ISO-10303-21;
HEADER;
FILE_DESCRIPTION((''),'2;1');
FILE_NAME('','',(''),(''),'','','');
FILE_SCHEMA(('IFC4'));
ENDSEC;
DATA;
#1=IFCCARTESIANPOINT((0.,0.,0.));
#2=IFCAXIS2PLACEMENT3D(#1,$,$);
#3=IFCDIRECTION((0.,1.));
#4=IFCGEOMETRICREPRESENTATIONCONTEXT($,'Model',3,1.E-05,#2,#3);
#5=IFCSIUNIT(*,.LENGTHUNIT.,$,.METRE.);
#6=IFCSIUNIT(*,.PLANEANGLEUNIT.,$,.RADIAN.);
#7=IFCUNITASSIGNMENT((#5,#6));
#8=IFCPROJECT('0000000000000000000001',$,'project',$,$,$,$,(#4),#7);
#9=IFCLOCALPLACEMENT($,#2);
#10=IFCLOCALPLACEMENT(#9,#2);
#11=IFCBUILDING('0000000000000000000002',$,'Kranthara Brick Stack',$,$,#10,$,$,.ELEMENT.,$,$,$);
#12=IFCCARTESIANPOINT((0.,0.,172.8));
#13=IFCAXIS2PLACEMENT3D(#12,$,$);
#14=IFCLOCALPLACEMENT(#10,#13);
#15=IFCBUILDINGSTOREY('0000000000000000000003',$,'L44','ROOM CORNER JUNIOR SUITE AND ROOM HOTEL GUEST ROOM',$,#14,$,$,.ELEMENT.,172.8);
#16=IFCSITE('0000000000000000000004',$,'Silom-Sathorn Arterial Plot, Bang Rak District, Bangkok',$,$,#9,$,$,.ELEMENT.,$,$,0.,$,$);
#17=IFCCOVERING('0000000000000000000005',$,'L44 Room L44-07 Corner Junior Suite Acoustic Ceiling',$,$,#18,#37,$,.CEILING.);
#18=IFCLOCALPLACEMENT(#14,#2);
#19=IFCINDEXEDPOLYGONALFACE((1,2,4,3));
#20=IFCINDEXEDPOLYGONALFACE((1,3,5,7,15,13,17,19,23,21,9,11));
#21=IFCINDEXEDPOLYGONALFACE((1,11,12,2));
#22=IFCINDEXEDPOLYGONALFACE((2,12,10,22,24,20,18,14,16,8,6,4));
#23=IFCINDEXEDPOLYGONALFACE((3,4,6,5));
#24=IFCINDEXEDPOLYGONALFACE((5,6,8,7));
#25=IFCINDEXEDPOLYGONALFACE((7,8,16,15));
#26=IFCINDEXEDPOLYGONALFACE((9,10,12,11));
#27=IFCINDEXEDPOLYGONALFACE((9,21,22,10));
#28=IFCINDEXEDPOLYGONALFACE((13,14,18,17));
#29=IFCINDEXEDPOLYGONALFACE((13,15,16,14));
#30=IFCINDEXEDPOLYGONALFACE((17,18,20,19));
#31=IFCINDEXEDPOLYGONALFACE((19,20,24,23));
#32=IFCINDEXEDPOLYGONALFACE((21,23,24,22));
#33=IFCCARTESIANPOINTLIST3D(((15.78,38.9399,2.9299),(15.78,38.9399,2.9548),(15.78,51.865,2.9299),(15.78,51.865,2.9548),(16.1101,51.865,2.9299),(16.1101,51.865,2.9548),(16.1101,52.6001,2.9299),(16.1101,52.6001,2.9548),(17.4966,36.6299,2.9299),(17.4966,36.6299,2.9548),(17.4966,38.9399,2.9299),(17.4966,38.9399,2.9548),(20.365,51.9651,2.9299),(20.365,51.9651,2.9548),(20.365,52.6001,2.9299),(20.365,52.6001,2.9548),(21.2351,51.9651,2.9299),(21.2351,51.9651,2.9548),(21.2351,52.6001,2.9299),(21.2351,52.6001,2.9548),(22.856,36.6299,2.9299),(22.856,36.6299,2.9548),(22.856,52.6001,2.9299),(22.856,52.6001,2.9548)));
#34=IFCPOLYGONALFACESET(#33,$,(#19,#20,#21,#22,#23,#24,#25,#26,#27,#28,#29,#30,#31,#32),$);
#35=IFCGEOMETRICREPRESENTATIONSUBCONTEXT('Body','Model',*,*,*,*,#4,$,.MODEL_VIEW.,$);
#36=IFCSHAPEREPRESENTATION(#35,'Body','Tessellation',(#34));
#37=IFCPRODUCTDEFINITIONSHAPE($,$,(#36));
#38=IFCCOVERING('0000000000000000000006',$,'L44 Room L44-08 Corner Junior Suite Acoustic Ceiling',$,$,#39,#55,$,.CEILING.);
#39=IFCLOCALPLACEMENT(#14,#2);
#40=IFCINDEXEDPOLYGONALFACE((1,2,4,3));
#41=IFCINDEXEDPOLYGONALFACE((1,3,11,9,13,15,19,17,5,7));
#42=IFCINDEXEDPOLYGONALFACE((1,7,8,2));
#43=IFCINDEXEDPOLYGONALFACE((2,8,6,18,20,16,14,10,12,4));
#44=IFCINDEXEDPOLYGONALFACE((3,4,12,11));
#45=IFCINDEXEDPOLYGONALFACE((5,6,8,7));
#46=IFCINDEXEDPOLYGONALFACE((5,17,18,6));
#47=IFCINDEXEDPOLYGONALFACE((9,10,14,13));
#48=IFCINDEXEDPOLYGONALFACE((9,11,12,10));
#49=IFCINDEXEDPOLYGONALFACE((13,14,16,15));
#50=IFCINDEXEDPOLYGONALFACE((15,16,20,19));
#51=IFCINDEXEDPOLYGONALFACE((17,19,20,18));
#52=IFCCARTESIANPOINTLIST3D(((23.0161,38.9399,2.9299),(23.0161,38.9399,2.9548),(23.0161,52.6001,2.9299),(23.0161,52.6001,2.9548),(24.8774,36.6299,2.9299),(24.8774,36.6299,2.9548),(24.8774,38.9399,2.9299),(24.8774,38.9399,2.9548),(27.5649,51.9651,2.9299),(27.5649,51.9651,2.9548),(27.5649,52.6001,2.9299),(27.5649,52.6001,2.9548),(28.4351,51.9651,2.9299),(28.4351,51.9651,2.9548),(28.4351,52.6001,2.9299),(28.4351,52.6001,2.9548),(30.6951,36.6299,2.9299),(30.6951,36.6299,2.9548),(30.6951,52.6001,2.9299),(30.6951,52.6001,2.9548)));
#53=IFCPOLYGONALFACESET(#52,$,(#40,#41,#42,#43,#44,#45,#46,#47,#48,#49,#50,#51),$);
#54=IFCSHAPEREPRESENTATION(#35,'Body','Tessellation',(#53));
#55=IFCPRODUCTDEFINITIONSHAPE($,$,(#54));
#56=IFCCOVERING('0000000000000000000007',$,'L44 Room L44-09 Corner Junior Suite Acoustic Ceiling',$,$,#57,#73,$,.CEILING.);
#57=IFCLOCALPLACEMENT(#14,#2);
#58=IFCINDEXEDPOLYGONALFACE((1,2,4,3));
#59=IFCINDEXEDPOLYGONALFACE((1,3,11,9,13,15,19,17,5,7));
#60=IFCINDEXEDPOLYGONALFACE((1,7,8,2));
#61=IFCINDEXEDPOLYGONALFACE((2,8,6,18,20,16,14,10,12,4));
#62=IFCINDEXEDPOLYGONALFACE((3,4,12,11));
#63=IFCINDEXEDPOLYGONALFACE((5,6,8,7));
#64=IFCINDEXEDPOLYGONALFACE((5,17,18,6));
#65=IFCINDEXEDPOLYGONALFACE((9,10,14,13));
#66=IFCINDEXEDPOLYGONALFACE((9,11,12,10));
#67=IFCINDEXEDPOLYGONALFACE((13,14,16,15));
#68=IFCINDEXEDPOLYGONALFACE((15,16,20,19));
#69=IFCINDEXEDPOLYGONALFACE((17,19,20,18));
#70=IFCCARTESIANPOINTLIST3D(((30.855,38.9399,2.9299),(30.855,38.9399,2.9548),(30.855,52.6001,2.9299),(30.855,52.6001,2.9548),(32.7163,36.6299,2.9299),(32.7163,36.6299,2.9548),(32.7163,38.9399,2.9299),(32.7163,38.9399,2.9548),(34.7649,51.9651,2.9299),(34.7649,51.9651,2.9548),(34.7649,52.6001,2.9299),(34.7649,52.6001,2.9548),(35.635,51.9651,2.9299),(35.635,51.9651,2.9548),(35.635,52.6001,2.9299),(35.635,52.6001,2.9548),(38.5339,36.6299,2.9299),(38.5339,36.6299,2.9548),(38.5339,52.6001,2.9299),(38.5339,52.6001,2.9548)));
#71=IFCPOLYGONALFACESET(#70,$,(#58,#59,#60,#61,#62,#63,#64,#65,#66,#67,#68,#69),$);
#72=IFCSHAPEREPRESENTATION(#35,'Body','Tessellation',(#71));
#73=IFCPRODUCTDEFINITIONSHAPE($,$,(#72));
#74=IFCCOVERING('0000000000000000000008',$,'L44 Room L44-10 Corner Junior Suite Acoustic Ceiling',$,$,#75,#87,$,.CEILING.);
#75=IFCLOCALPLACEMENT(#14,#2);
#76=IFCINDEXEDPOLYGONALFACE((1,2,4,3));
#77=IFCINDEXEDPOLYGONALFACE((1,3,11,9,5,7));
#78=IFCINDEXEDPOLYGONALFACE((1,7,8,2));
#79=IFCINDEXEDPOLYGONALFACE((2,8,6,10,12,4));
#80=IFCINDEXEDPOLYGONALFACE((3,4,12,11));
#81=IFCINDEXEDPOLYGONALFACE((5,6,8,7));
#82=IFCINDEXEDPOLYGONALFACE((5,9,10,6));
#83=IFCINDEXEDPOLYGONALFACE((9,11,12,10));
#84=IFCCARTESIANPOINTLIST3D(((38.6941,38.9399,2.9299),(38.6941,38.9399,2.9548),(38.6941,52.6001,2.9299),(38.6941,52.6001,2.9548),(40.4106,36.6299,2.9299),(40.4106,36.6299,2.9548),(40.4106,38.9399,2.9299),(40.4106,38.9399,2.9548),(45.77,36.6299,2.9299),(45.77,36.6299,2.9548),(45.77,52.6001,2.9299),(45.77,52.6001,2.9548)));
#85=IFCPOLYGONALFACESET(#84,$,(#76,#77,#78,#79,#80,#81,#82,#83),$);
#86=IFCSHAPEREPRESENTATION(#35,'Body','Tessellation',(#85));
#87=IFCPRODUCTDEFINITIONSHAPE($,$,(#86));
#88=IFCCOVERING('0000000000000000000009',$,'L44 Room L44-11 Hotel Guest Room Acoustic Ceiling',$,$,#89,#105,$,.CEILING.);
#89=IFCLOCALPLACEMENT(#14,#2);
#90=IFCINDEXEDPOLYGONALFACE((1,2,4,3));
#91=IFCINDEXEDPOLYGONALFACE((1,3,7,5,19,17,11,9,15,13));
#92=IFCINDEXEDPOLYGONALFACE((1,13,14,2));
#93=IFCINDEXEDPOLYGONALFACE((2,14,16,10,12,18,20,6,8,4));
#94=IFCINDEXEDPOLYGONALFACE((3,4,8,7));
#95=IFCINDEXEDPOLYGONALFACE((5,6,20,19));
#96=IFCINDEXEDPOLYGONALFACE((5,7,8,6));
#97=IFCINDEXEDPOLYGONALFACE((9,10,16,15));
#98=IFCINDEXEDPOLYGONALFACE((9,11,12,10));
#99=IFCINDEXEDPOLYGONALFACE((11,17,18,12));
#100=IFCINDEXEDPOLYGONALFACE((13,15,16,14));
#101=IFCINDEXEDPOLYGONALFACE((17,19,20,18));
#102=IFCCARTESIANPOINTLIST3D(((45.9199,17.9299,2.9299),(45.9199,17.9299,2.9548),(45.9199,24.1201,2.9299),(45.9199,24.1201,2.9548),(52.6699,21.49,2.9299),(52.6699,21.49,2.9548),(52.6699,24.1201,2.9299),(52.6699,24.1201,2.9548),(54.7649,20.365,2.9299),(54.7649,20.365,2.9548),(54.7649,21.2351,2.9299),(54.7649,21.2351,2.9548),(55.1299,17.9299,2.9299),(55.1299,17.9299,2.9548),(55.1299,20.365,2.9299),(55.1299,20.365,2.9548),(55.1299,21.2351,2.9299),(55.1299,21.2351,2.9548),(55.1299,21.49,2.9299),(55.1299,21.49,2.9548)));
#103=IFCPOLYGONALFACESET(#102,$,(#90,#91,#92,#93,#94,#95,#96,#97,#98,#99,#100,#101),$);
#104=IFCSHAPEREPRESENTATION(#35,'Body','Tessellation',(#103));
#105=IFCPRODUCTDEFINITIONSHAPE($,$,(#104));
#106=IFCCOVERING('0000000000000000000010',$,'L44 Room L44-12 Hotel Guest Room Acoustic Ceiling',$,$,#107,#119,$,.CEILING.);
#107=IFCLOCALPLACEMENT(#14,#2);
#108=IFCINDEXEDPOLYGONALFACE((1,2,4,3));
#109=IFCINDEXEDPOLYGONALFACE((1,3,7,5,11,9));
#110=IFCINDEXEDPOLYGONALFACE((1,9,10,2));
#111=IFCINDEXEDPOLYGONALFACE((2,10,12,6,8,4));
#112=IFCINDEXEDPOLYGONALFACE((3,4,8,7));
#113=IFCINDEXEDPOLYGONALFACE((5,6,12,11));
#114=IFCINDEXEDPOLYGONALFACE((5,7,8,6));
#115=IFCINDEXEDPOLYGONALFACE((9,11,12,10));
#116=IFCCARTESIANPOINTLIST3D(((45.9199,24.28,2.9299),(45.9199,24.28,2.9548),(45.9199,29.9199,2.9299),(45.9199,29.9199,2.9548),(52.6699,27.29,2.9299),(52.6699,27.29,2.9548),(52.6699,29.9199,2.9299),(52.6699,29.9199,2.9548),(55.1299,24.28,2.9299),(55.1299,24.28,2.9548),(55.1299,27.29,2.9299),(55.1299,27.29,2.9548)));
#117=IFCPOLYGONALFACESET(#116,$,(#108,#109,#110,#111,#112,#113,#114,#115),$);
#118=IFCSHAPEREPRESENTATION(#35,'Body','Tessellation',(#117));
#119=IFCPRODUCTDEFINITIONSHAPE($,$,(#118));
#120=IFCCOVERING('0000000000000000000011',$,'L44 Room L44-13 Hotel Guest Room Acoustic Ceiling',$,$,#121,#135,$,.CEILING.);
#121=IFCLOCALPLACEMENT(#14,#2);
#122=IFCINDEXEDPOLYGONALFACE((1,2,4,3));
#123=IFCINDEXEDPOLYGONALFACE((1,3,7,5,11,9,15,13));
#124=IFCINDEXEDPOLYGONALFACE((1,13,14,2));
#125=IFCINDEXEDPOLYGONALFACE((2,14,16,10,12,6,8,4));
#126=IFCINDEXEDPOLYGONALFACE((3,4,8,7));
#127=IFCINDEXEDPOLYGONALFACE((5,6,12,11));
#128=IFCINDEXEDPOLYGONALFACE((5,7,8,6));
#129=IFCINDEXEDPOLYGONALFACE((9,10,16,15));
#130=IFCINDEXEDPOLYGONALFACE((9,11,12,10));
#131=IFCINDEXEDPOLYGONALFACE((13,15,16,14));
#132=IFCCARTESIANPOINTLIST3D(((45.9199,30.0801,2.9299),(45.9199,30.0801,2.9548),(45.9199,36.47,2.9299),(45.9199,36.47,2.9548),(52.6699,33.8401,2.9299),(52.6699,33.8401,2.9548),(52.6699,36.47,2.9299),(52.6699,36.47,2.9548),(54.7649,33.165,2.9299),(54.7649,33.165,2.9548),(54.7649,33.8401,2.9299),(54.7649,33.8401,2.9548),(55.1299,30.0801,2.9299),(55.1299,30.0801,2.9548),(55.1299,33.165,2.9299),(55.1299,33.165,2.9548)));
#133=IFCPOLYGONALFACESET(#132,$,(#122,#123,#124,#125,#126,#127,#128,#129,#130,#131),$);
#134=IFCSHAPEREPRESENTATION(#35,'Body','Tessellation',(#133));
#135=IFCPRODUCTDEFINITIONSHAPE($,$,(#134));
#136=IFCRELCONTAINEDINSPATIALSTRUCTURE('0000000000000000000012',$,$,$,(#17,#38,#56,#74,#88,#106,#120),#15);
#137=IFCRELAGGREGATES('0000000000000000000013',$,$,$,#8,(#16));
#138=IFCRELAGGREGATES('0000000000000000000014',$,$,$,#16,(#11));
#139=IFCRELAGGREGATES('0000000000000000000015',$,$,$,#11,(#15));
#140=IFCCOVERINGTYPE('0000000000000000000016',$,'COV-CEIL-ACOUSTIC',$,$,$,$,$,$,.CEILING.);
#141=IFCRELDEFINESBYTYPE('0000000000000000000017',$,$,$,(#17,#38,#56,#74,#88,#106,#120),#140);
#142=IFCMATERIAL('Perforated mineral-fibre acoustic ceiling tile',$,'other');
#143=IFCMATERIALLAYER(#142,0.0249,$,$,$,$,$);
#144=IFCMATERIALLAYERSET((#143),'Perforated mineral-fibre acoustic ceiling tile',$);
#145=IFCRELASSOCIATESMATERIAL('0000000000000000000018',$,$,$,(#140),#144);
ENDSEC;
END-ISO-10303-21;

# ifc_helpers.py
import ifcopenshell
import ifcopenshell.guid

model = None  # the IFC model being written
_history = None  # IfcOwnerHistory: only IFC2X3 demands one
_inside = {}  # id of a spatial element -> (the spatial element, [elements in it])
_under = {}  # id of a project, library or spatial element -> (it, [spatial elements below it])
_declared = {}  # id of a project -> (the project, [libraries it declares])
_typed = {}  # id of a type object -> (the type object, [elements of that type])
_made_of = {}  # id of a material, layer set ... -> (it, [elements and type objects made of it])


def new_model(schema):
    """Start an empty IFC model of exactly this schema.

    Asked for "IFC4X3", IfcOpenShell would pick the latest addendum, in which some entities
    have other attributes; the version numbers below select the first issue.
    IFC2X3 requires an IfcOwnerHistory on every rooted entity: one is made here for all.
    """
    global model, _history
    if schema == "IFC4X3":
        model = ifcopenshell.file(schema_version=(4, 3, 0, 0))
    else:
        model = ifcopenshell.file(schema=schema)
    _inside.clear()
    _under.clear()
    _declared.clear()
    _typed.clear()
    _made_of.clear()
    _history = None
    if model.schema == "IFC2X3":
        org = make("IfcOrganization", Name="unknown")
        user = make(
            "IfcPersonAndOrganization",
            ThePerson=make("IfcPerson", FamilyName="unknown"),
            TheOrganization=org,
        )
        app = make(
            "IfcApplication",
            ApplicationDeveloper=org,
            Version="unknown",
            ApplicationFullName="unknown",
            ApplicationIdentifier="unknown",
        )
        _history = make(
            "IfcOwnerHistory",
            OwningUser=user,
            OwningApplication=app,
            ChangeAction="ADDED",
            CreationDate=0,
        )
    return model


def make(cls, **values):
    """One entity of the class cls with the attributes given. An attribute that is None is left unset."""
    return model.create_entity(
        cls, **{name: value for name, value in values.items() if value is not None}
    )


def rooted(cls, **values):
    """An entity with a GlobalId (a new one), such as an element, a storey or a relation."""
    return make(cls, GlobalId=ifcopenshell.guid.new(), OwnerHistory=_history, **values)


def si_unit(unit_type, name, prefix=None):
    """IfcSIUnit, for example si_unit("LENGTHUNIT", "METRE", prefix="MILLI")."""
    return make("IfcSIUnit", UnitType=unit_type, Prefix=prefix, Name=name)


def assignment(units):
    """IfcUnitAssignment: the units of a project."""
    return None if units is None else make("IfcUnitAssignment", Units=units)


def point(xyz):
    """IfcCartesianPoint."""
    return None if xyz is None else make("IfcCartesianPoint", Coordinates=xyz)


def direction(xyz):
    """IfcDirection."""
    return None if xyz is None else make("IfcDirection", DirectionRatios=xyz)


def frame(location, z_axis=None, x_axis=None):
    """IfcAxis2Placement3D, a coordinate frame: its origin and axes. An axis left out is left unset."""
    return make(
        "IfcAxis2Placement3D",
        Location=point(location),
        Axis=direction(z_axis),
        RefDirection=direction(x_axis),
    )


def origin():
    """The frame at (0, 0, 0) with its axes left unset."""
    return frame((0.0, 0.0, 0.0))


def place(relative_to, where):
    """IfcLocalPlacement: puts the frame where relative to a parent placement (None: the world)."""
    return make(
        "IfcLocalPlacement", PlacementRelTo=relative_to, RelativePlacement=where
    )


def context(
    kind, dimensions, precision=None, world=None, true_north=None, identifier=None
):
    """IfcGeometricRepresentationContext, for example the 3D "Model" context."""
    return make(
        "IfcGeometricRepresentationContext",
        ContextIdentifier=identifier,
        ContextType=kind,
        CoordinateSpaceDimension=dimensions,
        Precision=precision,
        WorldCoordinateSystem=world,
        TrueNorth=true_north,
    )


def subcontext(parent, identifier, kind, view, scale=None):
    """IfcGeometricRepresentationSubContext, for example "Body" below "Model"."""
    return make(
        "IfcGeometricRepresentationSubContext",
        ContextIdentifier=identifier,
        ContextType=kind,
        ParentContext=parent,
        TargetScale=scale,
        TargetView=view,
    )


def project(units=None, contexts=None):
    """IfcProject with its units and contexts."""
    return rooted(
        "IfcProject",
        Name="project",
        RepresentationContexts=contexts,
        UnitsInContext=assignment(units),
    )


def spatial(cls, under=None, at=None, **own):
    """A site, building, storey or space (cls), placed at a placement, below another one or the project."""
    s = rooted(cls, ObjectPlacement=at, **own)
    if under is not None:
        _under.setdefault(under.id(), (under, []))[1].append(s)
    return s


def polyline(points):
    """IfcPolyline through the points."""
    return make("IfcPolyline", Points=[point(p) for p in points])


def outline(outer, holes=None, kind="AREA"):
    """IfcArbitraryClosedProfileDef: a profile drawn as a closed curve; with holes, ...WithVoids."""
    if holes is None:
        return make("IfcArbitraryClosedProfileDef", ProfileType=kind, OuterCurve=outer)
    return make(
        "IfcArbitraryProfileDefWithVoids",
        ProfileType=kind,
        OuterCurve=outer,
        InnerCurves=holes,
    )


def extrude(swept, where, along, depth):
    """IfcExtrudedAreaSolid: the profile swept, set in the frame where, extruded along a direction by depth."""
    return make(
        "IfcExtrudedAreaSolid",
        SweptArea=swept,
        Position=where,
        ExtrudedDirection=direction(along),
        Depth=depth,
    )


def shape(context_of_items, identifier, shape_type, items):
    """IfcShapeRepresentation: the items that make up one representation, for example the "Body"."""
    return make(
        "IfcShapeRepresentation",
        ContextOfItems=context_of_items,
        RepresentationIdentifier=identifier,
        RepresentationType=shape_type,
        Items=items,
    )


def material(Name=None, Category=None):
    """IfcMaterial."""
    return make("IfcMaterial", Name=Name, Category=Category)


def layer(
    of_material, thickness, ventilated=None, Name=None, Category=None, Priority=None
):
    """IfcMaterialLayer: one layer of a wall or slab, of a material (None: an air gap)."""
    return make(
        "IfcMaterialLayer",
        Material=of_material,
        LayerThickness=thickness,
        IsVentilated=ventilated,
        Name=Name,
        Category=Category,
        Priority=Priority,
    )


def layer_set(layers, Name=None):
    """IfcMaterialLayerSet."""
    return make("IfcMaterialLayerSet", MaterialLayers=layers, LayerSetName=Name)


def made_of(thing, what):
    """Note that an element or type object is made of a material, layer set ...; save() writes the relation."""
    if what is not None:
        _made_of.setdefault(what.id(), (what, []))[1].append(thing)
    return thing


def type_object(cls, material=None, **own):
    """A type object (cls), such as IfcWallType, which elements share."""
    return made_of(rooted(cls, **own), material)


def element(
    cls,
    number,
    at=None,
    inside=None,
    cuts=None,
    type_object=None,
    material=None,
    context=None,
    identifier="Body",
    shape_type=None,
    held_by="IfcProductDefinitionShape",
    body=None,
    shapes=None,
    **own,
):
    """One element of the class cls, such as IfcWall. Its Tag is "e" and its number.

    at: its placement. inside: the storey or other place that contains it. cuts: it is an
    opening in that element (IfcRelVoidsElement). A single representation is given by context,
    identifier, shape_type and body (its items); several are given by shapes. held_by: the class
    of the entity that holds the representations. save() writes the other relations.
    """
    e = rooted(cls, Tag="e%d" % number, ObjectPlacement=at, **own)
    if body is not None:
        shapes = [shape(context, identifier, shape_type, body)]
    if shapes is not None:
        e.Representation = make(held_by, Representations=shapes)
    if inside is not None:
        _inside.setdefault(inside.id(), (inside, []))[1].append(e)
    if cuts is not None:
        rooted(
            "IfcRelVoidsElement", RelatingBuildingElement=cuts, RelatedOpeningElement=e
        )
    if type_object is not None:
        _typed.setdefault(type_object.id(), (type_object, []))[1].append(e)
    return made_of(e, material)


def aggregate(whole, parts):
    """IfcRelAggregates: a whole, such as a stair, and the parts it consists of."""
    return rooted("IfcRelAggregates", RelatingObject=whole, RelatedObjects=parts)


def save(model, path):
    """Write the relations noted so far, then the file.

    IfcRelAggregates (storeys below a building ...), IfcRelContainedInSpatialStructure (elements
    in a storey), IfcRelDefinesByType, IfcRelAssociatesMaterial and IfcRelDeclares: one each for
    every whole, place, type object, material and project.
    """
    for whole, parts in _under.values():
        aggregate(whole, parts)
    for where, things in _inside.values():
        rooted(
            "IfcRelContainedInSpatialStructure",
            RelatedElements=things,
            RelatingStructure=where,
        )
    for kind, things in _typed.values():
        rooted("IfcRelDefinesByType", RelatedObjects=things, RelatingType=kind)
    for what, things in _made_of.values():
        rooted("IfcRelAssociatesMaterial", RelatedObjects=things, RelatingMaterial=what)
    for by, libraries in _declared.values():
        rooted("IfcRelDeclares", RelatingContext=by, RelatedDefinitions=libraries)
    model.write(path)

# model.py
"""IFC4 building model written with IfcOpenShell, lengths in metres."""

from ifc_helpers import new_model, si_unit, direction, frame, origin, place, context, subcontext, project, spatial, polyline, outline, extrude, material, layer, layer_set, type_object, element, save


model = new_model("IFC4")

# Units and contexts
model_context = context("Model", 3, precision=1e-05, world=origin(), true_north=direction((0.0, 1.0)))
body_context = subcontext(model_context, "Body", "Model", "MODEL_VIEW")
ifc_project = project(units=[si_unit("LENGTHUNIT", "METRE"), si_unit("PLANEANGLEUNIT", "RADIAN")], contexts=[model_context])

# Site, building, storey
site_placement = place(None, origin())
site = spatial("IfcSite", under=ifc_project, at=site_placement, Name="Silom-Sathorn Arterial Plot, Bang Rak District, Bangkok", CompositionType="ELEMENT", RefElevation=0.0)
building_placement = place(site_placement, origin())
building = spatial("IfcBuilding", under=site, at=building_placement, Name="Kranthara Brick Stack", CompositionType="ELEMENT")
storey_placement = place(building_placement, frame((0.0, 0.0, 172.8)))
storey = spatial("IfcBuildingStorey", under=building, at=storey_placement, Name="L44", Description="ROOM CORNER JUNIOR SUITE AND ROOM HOTEL GUEST ROOM", CompositionType="ELEMENT", Elevation=172.8)

# Coverings
ifc_material_1 = material(Name="Perforated mineral-fibre acoustic ceiling tile", Category="other")
ifc_layer_1 = layer(ifc_material_1, 0.0249)
ifc_layer_set_1 = layer_set([ifc_layer_1], Name="Perforated mineral-fibre acoustic ceiling tile")
covering_type = type_object("IfcCoveringType", Name="COV-CEIL-ACOUSTIC", PredefinedType="CEILING", material=ifc_layer_set_1)
covering_1_placement = place(storey_placement, frame((0.0, 0.0, 2.9299)))
element("IfcCovering", 1, at=covering_1_placement, inside=storey, type_object=covering_type, Name="L44 Room L44-07 Corner Junior Suite Acoustic Ceiling", PredefinedType="CEILING", context=body_context, shape_type="SweptSolid", body=[
    extrude(outline(polyline([(22.856, 36.6299), (17.4966, 36.6299), (17.4966, 38.9399), (15.78, 38.9399), (15.78, 51.865), (16.1101, 51.865), (16.1101, 52.6001), (20.365, 52.6001), (20.365, 51.9651), (21.2351, 51.9651), (21.2351, 52.6001), (22.856, 52.6001), (22.856, 36.6299)])), origin(), (0.0, 0.0, 1.0), 0.0249),
])
covering_2_placement = place(storey_placement, frame((0.0, 0.0, 2.9299)))
element("IfcCovering", 2, at=covering_2_placement, inside=storey, type_object=covering_type, Name="L44 Room L44-08 Corner Junior Suite Acoustic Ceiling", PredefinedType="CEILING", context=body_context, shape_type="SweptSolid", body=[
    extrude(outline(polyline([(30.6951, 52.6001), (30.6951, 36.6299), (24.8774, 36.6299), (24.8774, 38.9399), (23.0161, 38.9399), (23.0161, 52.6001), (27.5649, 52.6001), (27.5649, 51.9651), (28.4351, 51.9651), (28.4351, 52.6001), (30.6951, 52.6001)])), origin(), (0.0, 0.0, 1.0), 0.0249),
])
covering_3_placement = place(storey_placement, frame((0.0, 0.0, 2.9299)))
element("IfcCovering", 3, at=covering_3_placement, inside=storey, type_object=covering_type, Name="L44 Room L44-09 Corner Junior Suite Acoustic Ceiling", PredefinedType="CEILING", context=body_context, shape_type="SweptSolid", body=[
    extrude(outline(polyline([(38.5339, 52.6001), (38.5339, 36.6299), (32.7163, 36.6299), (32.7163, 38.9399), (30.855, 38.9399), (30.855, 52.6001), (34.7649, 52.6001), (34.7649, 51.9651), (35.635, 51.9651), (35.635, 52.6001), (38.5339, 52.6001)])), origin(), (0.0, 0.0, 1.0), 0.0249),
])
covering_4_placement = place(storey_placement, frame((0.0, 0.0, 2.9299)))
element("IfcCovering", 4, at=covering_4_placement, inside=storey, type_object=covering_type, Name="L44 Room L44-10 Corner Junior Suite Acoustic Ceiling", PredefinedType="CEILING", context=body_context, shape_type="SweptSolid", body=[
    extrude(outline(polyline([(40.4106, 36.6299), (45.77, 36.6299), (45.77, 52.6001), (38.6941, 52.6001), (38.6941, 38.9399), (40.4106, 38.9399), (40.4106, 36.6299)])), origin(), (0.0, 0.0, 1.0), 0.0249),
])
covering_5_placement = place(storey_placement, frame((0.0, 0.0, 2.9299)))
element("IfcCovering", 5, at=covering_5_placement, inside=storey, type_object=covering_type, Name="L44 Room L44-11 Hotel Guest Room Acoustic Ceiling", PredefinedType="CEILING", context=body_context, shape_type="SweptSolid", body=[
    extrude(outline(polyline([(55.1299, 17.9299), (45.9199, 17.9299), (45.9199, 24.1201), (52.6699, 24.1201), (52.6699, 21.49), (55.1299, 21.49), (55.1299, 21.2351), (54.7649, 21.2351), (54.7649, 20.365), (55.1299, 20.365), (55.1299, 17.9299)])), origin(), (0.0, 0.0, 1.0), 0.0249),
])
covering_6_placement = place(storey_placement, frame((0.0, 0.0, 2.9299)))
element("IfcCovering", 6, at=covering_6_placement, inside=storey, type_object=covering_type, Name="L44 Room L44-12 Hotel Guest Room Acoustic Ceiling", PredefinedType="CEILING", context=body_context, shape_type="SweptSolid", body=[
    extrude(outline(polyline([(45.9199, 24.28), (55.1299, 24.28), (55.1299, 27.29), (52.6699, 27.29), (52.6699, 29.9199), (45.9199, 29.9199), (45.9199, 24.28)])), origin(), (0.0, 0.0, 1.0), 0.0249),
])
covering_7_placement = place(storey_placement, frame((0.0, 0.0, 2.9299)))
element("IfcCovering", 7, at=covering_7_placement, inside=storey, type_object=covering_type, Name="L44 Room L44-13 Hotel Guest Room Acoustic Ceiling", PredefinedType="CEILING", context=body_context, shape_type="SweptSolid", body=[
    extrude(outline(polyline([(55.1299, 30.0801), (45.9199, 30.0801), (45.9199, 36.47), (52.6699, 36.47), (52.6699, 33.8401), (54.7649, 33.8401), (54.7649, 33.165), (55.1299, 33.165), (55.1299, 30.0801)])), origin(), (0.0, 0.0, 1.0), 0.0249),
])

save(model, "model.ifc")
